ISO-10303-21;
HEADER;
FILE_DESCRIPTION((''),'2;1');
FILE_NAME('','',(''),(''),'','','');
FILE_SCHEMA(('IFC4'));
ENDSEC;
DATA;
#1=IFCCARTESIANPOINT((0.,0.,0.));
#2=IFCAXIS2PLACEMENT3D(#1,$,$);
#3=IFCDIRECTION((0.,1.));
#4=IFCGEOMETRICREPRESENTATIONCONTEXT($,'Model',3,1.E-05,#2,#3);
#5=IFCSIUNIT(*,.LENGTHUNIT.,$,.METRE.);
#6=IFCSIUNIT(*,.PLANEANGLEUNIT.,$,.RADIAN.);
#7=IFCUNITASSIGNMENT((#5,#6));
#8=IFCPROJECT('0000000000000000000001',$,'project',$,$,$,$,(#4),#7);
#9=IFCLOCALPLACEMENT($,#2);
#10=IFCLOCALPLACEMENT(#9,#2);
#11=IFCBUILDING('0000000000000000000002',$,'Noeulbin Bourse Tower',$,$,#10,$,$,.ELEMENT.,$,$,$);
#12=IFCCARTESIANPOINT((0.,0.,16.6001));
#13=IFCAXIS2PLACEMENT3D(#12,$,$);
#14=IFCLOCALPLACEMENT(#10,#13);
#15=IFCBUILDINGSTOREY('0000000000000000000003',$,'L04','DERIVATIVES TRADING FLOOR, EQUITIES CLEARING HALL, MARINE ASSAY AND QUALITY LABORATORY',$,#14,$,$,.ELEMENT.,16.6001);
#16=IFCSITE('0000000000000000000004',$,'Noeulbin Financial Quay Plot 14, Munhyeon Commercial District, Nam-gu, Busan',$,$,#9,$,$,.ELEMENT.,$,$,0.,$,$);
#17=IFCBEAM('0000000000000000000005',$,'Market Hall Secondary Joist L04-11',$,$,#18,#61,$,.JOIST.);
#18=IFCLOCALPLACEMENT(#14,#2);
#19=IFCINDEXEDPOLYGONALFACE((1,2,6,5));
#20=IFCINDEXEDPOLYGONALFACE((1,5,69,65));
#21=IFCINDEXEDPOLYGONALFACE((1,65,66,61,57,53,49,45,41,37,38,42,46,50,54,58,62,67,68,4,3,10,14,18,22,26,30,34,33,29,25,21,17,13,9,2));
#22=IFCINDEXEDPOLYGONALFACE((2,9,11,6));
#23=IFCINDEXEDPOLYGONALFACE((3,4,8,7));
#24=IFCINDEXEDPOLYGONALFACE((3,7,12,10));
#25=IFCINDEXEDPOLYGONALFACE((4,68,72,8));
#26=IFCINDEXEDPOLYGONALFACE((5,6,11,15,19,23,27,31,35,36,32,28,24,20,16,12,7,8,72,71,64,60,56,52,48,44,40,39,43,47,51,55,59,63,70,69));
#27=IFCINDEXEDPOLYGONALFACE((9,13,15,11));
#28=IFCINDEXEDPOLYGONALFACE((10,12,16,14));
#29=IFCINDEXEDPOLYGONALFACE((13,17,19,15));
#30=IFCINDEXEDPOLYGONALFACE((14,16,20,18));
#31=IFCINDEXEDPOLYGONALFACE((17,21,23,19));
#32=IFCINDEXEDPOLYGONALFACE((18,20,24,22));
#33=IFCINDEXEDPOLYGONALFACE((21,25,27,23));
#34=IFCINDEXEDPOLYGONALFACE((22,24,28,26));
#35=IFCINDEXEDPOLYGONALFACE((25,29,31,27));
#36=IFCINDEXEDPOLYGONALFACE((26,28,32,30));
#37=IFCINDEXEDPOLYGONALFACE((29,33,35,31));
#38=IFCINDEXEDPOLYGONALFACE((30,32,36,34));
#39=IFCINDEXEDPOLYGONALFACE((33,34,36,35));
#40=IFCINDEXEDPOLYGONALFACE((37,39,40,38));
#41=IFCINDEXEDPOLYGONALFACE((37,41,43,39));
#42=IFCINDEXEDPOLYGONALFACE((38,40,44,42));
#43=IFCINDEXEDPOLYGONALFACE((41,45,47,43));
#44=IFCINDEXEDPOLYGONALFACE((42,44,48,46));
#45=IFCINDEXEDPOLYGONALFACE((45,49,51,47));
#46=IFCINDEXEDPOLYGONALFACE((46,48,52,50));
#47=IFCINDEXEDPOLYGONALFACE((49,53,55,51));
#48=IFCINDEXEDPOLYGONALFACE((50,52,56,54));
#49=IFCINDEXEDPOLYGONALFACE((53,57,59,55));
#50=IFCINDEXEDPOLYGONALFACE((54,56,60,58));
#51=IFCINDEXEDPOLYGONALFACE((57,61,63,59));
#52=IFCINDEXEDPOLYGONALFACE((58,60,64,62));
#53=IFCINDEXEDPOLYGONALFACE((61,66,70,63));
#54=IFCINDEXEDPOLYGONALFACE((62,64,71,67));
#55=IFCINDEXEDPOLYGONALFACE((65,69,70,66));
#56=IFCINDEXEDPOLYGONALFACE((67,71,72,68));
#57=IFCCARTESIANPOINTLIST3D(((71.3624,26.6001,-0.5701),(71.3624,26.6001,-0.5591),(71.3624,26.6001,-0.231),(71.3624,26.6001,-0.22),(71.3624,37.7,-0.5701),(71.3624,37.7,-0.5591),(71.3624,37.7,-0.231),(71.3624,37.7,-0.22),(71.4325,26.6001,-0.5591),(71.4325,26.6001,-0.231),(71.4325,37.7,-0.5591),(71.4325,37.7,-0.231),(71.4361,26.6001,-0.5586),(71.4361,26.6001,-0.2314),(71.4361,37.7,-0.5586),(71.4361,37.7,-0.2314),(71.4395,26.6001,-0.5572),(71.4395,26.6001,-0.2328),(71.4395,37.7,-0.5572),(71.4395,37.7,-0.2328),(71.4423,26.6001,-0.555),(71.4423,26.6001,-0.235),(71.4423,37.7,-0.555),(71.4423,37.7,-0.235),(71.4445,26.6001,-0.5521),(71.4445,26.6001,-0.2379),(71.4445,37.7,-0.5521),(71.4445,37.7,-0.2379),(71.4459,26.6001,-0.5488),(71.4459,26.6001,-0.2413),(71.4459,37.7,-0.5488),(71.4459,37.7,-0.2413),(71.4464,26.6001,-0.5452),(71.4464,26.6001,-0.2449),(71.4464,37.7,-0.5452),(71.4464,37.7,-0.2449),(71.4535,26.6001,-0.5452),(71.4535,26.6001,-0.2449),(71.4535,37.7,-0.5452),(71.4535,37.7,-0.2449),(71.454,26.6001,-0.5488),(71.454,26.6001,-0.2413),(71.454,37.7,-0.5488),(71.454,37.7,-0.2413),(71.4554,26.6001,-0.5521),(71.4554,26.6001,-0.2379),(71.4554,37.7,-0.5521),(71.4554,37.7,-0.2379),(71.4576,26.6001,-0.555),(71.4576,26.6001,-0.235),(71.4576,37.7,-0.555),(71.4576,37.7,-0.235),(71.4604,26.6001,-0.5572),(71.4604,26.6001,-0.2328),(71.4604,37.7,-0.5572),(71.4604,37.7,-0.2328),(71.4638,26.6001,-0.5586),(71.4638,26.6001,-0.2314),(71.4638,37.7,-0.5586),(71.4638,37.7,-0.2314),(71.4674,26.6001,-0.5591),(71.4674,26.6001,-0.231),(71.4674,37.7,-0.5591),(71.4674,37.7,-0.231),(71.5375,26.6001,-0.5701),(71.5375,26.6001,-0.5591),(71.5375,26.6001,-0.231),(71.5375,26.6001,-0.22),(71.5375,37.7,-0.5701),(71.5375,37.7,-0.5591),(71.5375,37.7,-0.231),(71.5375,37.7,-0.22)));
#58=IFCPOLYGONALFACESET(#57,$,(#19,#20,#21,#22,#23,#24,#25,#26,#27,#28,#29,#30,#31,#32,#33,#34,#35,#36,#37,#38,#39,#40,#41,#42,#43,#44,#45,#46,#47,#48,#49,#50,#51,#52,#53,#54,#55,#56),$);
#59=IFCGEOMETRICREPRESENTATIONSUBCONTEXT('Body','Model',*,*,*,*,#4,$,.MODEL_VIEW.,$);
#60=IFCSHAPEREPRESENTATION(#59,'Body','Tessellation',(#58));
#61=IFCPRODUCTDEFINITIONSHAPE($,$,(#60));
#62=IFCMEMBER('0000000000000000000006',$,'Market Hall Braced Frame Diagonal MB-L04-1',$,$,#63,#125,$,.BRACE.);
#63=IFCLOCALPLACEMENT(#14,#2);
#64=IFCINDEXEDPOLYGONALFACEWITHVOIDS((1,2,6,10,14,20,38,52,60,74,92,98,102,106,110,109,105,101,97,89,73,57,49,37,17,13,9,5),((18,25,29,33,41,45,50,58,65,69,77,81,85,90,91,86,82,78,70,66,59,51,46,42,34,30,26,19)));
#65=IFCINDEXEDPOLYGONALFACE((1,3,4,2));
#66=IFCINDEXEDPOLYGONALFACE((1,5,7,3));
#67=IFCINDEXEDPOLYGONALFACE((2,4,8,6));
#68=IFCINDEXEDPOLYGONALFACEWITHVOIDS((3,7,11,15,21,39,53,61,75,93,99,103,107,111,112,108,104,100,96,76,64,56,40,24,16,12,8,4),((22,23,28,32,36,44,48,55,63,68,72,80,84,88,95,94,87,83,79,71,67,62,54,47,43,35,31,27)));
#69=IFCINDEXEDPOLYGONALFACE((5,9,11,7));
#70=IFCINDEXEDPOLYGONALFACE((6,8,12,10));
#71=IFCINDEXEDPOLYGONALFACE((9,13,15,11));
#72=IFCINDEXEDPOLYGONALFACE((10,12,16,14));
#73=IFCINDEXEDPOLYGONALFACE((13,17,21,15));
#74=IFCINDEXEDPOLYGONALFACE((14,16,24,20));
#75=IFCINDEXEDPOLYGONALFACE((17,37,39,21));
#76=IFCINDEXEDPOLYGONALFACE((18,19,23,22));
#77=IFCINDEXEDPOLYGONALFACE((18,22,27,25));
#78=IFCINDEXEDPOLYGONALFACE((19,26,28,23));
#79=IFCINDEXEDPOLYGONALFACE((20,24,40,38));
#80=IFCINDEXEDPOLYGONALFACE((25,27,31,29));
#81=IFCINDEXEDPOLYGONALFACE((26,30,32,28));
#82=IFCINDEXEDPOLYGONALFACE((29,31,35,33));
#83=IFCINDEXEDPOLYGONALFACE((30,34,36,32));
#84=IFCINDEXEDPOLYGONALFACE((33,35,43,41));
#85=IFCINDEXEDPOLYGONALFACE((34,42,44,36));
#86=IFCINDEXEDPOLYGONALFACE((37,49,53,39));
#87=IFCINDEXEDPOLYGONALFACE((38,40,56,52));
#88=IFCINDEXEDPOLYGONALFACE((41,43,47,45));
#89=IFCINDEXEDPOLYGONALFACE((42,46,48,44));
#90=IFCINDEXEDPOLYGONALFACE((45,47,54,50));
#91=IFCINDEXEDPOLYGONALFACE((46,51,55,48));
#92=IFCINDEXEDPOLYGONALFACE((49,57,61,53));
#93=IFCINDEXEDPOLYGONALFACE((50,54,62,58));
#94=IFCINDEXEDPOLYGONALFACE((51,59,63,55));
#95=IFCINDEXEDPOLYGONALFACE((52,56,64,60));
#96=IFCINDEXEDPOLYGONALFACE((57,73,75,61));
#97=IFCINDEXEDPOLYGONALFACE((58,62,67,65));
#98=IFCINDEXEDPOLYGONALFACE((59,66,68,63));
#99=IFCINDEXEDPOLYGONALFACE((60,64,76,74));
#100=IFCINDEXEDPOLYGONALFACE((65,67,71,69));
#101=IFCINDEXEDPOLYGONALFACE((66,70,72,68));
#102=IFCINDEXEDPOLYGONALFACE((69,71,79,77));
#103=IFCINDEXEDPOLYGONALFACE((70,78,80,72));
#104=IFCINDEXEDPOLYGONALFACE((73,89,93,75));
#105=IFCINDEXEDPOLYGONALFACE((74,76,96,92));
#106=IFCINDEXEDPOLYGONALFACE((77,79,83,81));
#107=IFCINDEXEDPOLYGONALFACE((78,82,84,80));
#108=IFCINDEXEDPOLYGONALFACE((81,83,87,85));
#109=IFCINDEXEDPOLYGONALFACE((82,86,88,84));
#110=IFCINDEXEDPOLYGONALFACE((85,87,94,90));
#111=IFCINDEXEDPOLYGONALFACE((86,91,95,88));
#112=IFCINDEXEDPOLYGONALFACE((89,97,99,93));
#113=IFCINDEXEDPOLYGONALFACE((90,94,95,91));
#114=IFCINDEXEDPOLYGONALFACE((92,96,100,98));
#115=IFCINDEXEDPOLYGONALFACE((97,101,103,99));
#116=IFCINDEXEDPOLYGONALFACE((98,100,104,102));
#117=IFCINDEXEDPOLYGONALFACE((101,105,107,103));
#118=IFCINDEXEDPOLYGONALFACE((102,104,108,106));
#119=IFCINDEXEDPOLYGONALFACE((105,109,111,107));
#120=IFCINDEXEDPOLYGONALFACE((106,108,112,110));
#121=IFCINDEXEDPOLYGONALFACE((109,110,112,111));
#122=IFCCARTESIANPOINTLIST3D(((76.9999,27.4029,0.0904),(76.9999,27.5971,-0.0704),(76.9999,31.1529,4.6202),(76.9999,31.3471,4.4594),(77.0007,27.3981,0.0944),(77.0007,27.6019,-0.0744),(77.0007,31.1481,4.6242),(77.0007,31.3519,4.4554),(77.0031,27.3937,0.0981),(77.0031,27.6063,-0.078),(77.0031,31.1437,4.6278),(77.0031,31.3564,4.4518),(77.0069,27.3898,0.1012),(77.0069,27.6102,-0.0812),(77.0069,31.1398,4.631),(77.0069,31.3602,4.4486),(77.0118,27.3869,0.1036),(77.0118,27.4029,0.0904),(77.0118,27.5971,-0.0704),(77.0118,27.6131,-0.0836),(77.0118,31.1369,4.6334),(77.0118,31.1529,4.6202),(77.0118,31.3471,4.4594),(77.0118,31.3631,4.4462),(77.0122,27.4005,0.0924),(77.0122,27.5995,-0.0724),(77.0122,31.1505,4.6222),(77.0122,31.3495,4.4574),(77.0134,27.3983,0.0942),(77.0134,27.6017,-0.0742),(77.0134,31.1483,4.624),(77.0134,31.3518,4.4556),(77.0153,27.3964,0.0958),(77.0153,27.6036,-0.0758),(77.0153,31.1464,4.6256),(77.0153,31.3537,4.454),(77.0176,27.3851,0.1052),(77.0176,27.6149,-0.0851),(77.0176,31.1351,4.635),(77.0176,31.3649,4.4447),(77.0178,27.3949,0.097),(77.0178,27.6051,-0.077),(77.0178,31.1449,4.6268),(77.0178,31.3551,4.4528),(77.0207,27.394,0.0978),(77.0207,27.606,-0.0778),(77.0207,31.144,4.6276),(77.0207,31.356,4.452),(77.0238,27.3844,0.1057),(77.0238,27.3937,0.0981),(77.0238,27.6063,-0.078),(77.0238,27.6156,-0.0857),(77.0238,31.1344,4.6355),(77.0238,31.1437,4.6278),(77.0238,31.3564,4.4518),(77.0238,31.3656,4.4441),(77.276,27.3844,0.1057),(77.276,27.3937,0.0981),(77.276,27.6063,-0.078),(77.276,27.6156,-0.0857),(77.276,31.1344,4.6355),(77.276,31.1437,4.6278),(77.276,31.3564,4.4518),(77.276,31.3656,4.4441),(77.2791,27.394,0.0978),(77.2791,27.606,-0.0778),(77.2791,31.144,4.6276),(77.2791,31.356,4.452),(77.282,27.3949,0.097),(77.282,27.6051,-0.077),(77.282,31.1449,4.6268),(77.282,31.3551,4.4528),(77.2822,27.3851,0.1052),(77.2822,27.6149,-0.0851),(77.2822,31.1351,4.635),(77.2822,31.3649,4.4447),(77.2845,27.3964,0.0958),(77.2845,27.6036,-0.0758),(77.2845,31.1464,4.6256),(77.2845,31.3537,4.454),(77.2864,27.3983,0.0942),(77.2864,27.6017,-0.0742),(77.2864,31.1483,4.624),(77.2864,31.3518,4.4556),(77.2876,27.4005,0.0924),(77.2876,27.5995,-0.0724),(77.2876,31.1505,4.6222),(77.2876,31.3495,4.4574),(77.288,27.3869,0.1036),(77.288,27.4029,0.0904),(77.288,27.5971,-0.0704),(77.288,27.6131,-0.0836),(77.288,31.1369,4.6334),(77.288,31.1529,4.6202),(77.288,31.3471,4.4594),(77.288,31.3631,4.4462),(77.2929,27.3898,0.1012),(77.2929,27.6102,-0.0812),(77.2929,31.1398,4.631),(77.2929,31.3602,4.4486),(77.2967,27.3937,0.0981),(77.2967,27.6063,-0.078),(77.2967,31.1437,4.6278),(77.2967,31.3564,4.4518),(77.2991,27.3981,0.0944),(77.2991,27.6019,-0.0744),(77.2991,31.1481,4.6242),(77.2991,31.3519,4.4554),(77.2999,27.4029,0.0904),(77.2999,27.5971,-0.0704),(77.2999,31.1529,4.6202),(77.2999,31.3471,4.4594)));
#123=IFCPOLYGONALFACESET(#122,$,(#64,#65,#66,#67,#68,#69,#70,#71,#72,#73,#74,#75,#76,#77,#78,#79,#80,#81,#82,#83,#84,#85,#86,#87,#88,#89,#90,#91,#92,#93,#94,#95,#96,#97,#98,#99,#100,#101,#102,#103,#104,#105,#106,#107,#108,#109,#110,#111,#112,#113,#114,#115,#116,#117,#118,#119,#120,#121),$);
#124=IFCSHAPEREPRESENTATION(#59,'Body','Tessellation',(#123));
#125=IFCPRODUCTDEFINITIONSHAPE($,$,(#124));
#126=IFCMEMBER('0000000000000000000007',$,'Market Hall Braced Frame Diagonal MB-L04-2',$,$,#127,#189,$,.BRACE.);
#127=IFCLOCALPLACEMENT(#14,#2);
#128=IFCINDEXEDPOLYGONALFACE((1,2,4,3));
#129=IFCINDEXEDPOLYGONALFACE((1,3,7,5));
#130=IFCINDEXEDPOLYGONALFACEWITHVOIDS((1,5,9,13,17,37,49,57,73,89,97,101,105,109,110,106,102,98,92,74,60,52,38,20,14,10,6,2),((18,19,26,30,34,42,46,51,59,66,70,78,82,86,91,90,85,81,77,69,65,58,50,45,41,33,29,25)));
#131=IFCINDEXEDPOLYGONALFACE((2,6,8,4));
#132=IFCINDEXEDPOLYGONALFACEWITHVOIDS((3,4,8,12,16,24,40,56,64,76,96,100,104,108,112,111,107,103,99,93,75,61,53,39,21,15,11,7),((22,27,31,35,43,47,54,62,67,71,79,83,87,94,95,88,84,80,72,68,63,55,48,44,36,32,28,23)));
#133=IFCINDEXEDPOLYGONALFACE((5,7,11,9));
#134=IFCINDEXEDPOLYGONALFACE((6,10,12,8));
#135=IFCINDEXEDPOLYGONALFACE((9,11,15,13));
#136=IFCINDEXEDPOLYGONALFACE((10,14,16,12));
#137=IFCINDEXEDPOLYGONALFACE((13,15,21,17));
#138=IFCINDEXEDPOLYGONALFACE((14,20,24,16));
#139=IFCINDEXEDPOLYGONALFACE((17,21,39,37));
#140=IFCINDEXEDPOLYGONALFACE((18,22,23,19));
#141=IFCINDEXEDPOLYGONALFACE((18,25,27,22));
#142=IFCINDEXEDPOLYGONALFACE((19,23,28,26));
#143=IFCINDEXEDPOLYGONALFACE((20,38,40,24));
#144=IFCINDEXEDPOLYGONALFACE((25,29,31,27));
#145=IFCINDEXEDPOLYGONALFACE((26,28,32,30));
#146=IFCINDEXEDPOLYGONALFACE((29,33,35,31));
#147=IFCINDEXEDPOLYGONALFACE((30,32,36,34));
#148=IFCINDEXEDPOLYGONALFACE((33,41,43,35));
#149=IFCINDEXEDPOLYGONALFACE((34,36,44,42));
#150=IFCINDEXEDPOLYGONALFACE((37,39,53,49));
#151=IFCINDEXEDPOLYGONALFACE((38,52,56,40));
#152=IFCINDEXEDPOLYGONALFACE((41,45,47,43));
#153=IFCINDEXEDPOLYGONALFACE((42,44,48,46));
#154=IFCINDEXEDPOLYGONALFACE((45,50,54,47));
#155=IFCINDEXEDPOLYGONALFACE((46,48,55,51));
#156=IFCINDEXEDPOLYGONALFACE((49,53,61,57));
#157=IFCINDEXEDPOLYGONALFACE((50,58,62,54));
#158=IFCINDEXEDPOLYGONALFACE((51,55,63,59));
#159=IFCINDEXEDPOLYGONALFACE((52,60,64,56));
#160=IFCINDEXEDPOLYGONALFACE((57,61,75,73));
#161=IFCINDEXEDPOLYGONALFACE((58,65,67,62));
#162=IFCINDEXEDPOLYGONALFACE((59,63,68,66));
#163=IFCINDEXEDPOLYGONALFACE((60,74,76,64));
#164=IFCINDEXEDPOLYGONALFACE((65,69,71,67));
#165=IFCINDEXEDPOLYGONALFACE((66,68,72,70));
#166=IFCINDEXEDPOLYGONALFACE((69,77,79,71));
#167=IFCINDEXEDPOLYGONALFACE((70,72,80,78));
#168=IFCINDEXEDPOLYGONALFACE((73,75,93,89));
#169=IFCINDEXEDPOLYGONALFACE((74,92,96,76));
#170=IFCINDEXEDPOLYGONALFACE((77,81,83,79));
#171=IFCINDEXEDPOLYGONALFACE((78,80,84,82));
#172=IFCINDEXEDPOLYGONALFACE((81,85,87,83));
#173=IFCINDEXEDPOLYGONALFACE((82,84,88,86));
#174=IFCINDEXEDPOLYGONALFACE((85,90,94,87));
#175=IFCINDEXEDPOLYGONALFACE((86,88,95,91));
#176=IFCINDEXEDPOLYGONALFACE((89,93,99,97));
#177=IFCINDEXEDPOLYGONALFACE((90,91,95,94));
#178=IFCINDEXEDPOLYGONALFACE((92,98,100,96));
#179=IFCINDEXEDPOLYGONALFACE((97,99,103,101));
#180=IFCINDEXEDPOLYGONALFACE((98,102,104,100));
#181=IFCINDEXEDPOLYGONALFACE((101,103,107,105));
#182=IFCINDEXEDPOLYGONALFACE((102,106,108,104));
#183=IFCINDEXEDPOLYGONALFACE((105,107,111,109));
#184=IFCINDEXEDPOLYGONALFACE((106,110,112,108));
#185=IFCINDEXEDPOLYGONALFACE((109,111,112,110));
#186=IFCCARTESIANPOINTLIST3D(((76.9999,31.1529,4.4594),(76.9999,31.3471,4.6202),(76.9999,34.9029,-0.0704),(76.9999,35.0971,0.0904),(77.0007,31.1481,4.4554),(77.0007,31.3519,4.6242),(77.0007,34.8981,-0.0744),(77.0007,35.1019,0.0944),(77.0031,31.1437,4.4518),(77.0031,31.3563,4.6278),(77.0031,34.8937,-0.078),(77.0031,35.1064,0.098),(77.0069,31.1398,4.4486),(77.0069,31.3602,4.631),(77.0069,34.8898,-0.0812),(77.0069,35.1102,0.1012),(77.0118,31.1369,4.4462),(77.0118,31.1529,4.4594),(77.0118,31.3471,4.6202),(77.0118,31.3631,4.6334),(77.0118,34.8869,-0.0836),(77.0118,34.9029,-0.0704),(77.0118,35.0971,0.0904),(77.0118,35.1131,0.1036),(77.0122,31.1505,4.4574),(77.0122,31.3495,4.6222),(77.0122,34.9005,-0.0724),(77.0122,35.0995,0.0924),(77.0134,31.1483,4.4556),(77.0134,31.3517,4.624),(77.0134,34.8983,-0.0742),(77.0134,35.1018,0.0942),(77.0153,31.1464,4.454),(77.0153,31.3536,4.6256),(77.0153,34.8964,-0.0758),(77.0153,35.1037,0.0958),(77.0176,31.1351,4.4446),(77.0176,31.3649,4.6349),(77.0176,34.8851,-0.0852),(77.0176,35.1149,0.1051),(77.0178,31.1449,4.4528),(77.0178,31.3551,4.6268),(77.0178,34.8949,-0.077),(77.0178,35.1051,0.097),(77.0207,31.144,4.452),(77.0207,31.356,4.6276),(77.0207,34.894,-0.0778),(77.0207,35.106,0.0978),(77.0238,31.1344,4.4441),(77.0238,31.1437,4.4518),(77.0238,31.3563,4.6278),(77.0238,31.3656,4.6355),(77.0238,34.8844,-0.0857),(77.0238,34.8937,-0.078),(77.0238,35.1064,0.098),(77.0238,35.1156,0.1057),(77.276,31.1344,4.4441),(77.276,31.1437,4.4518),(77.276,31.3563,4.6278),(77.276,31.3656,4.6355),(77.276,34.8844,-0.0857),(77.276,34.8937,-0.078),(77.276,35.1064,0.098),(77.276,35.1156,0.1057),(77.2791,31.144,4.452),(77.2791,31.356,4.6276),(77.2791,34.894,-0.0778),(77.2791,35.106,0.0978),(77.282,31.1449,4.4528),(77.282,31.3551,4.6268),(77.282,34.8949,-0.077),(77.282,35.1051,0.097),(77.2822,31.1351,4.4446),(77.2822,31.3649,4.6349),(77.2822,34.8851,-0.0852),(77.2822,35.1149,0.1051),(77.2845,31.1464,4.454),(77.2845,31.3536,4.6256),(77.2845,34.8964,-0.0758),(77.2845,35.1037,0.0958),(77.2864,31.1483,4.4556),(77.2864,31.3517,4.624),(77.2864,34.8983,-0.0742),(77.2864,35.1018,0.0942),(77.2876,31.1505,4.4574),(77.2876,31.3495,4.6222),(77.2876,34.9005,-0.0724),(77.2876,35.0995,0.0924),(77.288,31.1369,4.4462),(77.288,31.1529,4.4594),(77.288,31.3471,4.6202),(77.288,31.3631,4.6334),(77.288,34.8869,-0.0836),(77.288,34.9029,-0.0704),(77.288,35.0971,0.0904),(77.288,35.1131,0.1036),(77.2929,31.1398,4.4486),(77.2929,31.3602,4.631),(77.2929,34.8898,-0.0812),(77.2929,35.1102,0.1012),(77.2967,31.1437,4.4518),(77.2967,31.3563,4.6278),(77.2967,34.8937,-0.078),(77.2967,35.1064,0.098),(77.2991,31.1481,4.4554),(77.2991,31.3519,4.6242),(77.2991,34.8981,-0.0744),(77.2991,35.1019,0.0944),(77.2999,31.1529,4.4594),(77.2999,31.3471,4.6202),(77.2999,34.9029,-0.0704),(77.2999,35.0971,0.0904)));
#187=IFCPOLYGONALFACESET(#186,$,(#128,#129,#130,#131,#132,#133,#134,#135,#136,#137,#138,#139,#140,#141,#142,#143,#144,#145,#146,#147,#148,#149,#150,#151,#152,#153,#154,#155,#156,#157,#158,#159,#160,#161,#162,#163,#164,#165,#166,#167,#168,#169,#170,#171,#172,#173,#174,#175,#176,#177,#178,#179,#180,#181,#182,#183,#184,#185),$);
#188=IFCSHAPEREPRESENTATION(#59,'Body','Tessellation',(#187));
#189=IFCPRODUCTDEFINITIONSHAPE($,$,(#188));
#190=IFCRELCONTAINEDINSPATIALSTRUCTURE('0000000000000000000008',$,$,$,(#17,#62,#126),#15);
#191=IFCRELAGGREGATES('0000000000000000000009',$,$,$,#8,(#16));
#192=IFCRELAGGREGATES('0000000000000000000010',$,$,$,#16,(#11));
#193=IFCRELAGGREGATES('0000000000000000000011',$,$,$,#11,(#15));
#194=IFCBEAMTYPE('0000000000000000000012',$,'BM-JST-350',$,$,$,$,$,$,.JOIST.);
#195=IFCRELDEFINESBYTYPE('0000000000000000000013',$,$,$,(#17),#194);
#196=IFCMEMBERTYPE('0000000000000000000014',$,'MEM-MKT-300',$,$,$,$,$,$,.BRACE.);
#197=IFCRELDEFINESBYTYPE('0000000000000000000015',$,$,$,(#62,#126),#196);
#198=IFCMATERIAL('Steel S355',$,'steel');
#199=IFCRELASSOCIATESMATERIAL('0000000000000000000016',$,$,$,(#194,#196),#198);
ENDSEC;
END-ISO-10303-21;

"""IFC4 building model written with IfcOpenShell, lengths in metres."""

from ifc_helpers import new_model, si_unit, direction, frame, origin, origin_2d, place, context, subcontext, project, spatial, hollow_rectangle, i_section, extrude, material, material_profile, profile_set, type_object, element, save


model = new_model("IFC4")

# Units and contexts
model_context = context("Model", 3, precision=1e-05, world=origin(), true_north=direction((0.0, 1.0)))
body_context = subcontext(model_context, "Body", "Model", "MODEL_VIEW")
ifc_project = project(units=[si_unit("LENGTHUNIT", "METRE"), si_unit("PLANEANGLEUNIT", "RADIAN")], contexts=[model_context])

# Site, building, storey
site_placement = place(None, origin())
site = spatial("IfcSite", under=ifc_project, at=site_placement, Name="Noeulbin Financial Quay Plot 14, Munhyeon Commercial District, Nam-gu, Busan", CompositionType="ELEMENT", RefElevation=0.0)
building_placement = place(site_placement, origin())
building = spatial("IfcBuilding", under=site, at=building_placement, Name="Noeulbin Bourse Tower", CompositionType="ELEMENT")
storey_placement = place(building_placement, frame((0.0, 0.0, 16.6001)))
storey = spatial("IfcBuildingStorey", under=building, at=storey_placement, Name="L04", Description="DERIVATIVES TRADING FLOOR, EQUITIES CLEARING HALL, MARINE ASSAY AND QUALITY LABORATORY", CompositionType="ELEMENT", Elevation=16.6001)

# Shared definitions
ifc_material_1 = material(Name="Steel S355", Category="steel")

# Beam
ifc_material_profile_1 = material_profile(ifc_material_1, i_section(OverallWidth=0.175, OverallDepth=0.3501, WebThickness=0.0071, FlangeThickness=0.011, FilletRadius=0.0139, at=origin_2d()), Name="H-350x175x7x11", Category="LoadBearing")
ifc_profile_set_1 = profile_set([ifc_material_profile_1], Name="Steel S355")
beam_type_1 = type_object("IfcBeamType", Name="BM-JST-350", PredefinedType="JOIST", material=ifc_profile_set_1)
for number, where, z_axis, x_axis, name in (
    (1, (71.45, 26.6001, -0.395), (0.0, 1.0, 0.0), (-1.0, 0.0, 0.0), "Market Hall Secondary Joist L04-11"),
):
    element("IfcBeam", number, at=place(storey_placement, frame(where, z_axis=z_axis, x_axis=x_axis)), inside=storey, type_object=beam_type_1, Name=name, PredefinedType="JOIST", context=body_context, shape_type="SweptSolid", body=[
        extrude(i_section(OverallWidth=0.175, OverallDepth=0.3501, WebThickness=0.0071, FlangeThickness=0.011, FilletRadius=0.0139, at=origin_2d()), origin(), (0.0, 0.0, 1.0), 11.0999),
    ])

# Members
ifc_material_profile_2 = material_profile(ifc_material_1, hollow_rectangle(XDim=0.3, YDim=0.3, WallThickness=0.012, InnerFilletRadius=0.012, OuterFilletRadius=0.0239, at=origin_2d()), Name="SHS-300x300x12", Category="LoadBearing")
ifc_profile_set_2 = profile_set([ifc_material_profile_2], Name="Steel S355")
member_type = type_object("IfcMemberType", Name="MEM-MKT-300", PredefinedType="BRACE", material=ifc_profile_set_2)
for number, where, z_axis, x_axis, name in (
    (2, (77.1499, 27.5, 0.01), (0.0, 0.63769, 0.770293), (-1.0, 0.0, 0.0), "Market Hall Braced Frame Diagonal MB-L04-1"),
    (3, (77.1499, 31.25, 4.5398), (0.0, 0.63769, -0.770293), (-1.0, 0.0, 0.0), "Market Hall Braced Frame Diagonal MB-L04-2"),
):
    element("IfcMember", number, at=place(storey_placement, frame(where, z_axis=z_axis, x_axis=x_axis)), inside=storey, type_object=member_type, Name=name, PredefinedType="BRACE", context=body_context, shape_type="SweptSolid", body=[
        extrude(hollow_rectangle(XDim=0.3, YDim=0.3, WallThickness=0.012, InnerFilletRadius=0.012, OuterFilletRadius=0.0239, at=origin_2d()), origin(), (0.0, 0.0, 1.0), 5.8806),
    ])

save(model, "model.ifc")
